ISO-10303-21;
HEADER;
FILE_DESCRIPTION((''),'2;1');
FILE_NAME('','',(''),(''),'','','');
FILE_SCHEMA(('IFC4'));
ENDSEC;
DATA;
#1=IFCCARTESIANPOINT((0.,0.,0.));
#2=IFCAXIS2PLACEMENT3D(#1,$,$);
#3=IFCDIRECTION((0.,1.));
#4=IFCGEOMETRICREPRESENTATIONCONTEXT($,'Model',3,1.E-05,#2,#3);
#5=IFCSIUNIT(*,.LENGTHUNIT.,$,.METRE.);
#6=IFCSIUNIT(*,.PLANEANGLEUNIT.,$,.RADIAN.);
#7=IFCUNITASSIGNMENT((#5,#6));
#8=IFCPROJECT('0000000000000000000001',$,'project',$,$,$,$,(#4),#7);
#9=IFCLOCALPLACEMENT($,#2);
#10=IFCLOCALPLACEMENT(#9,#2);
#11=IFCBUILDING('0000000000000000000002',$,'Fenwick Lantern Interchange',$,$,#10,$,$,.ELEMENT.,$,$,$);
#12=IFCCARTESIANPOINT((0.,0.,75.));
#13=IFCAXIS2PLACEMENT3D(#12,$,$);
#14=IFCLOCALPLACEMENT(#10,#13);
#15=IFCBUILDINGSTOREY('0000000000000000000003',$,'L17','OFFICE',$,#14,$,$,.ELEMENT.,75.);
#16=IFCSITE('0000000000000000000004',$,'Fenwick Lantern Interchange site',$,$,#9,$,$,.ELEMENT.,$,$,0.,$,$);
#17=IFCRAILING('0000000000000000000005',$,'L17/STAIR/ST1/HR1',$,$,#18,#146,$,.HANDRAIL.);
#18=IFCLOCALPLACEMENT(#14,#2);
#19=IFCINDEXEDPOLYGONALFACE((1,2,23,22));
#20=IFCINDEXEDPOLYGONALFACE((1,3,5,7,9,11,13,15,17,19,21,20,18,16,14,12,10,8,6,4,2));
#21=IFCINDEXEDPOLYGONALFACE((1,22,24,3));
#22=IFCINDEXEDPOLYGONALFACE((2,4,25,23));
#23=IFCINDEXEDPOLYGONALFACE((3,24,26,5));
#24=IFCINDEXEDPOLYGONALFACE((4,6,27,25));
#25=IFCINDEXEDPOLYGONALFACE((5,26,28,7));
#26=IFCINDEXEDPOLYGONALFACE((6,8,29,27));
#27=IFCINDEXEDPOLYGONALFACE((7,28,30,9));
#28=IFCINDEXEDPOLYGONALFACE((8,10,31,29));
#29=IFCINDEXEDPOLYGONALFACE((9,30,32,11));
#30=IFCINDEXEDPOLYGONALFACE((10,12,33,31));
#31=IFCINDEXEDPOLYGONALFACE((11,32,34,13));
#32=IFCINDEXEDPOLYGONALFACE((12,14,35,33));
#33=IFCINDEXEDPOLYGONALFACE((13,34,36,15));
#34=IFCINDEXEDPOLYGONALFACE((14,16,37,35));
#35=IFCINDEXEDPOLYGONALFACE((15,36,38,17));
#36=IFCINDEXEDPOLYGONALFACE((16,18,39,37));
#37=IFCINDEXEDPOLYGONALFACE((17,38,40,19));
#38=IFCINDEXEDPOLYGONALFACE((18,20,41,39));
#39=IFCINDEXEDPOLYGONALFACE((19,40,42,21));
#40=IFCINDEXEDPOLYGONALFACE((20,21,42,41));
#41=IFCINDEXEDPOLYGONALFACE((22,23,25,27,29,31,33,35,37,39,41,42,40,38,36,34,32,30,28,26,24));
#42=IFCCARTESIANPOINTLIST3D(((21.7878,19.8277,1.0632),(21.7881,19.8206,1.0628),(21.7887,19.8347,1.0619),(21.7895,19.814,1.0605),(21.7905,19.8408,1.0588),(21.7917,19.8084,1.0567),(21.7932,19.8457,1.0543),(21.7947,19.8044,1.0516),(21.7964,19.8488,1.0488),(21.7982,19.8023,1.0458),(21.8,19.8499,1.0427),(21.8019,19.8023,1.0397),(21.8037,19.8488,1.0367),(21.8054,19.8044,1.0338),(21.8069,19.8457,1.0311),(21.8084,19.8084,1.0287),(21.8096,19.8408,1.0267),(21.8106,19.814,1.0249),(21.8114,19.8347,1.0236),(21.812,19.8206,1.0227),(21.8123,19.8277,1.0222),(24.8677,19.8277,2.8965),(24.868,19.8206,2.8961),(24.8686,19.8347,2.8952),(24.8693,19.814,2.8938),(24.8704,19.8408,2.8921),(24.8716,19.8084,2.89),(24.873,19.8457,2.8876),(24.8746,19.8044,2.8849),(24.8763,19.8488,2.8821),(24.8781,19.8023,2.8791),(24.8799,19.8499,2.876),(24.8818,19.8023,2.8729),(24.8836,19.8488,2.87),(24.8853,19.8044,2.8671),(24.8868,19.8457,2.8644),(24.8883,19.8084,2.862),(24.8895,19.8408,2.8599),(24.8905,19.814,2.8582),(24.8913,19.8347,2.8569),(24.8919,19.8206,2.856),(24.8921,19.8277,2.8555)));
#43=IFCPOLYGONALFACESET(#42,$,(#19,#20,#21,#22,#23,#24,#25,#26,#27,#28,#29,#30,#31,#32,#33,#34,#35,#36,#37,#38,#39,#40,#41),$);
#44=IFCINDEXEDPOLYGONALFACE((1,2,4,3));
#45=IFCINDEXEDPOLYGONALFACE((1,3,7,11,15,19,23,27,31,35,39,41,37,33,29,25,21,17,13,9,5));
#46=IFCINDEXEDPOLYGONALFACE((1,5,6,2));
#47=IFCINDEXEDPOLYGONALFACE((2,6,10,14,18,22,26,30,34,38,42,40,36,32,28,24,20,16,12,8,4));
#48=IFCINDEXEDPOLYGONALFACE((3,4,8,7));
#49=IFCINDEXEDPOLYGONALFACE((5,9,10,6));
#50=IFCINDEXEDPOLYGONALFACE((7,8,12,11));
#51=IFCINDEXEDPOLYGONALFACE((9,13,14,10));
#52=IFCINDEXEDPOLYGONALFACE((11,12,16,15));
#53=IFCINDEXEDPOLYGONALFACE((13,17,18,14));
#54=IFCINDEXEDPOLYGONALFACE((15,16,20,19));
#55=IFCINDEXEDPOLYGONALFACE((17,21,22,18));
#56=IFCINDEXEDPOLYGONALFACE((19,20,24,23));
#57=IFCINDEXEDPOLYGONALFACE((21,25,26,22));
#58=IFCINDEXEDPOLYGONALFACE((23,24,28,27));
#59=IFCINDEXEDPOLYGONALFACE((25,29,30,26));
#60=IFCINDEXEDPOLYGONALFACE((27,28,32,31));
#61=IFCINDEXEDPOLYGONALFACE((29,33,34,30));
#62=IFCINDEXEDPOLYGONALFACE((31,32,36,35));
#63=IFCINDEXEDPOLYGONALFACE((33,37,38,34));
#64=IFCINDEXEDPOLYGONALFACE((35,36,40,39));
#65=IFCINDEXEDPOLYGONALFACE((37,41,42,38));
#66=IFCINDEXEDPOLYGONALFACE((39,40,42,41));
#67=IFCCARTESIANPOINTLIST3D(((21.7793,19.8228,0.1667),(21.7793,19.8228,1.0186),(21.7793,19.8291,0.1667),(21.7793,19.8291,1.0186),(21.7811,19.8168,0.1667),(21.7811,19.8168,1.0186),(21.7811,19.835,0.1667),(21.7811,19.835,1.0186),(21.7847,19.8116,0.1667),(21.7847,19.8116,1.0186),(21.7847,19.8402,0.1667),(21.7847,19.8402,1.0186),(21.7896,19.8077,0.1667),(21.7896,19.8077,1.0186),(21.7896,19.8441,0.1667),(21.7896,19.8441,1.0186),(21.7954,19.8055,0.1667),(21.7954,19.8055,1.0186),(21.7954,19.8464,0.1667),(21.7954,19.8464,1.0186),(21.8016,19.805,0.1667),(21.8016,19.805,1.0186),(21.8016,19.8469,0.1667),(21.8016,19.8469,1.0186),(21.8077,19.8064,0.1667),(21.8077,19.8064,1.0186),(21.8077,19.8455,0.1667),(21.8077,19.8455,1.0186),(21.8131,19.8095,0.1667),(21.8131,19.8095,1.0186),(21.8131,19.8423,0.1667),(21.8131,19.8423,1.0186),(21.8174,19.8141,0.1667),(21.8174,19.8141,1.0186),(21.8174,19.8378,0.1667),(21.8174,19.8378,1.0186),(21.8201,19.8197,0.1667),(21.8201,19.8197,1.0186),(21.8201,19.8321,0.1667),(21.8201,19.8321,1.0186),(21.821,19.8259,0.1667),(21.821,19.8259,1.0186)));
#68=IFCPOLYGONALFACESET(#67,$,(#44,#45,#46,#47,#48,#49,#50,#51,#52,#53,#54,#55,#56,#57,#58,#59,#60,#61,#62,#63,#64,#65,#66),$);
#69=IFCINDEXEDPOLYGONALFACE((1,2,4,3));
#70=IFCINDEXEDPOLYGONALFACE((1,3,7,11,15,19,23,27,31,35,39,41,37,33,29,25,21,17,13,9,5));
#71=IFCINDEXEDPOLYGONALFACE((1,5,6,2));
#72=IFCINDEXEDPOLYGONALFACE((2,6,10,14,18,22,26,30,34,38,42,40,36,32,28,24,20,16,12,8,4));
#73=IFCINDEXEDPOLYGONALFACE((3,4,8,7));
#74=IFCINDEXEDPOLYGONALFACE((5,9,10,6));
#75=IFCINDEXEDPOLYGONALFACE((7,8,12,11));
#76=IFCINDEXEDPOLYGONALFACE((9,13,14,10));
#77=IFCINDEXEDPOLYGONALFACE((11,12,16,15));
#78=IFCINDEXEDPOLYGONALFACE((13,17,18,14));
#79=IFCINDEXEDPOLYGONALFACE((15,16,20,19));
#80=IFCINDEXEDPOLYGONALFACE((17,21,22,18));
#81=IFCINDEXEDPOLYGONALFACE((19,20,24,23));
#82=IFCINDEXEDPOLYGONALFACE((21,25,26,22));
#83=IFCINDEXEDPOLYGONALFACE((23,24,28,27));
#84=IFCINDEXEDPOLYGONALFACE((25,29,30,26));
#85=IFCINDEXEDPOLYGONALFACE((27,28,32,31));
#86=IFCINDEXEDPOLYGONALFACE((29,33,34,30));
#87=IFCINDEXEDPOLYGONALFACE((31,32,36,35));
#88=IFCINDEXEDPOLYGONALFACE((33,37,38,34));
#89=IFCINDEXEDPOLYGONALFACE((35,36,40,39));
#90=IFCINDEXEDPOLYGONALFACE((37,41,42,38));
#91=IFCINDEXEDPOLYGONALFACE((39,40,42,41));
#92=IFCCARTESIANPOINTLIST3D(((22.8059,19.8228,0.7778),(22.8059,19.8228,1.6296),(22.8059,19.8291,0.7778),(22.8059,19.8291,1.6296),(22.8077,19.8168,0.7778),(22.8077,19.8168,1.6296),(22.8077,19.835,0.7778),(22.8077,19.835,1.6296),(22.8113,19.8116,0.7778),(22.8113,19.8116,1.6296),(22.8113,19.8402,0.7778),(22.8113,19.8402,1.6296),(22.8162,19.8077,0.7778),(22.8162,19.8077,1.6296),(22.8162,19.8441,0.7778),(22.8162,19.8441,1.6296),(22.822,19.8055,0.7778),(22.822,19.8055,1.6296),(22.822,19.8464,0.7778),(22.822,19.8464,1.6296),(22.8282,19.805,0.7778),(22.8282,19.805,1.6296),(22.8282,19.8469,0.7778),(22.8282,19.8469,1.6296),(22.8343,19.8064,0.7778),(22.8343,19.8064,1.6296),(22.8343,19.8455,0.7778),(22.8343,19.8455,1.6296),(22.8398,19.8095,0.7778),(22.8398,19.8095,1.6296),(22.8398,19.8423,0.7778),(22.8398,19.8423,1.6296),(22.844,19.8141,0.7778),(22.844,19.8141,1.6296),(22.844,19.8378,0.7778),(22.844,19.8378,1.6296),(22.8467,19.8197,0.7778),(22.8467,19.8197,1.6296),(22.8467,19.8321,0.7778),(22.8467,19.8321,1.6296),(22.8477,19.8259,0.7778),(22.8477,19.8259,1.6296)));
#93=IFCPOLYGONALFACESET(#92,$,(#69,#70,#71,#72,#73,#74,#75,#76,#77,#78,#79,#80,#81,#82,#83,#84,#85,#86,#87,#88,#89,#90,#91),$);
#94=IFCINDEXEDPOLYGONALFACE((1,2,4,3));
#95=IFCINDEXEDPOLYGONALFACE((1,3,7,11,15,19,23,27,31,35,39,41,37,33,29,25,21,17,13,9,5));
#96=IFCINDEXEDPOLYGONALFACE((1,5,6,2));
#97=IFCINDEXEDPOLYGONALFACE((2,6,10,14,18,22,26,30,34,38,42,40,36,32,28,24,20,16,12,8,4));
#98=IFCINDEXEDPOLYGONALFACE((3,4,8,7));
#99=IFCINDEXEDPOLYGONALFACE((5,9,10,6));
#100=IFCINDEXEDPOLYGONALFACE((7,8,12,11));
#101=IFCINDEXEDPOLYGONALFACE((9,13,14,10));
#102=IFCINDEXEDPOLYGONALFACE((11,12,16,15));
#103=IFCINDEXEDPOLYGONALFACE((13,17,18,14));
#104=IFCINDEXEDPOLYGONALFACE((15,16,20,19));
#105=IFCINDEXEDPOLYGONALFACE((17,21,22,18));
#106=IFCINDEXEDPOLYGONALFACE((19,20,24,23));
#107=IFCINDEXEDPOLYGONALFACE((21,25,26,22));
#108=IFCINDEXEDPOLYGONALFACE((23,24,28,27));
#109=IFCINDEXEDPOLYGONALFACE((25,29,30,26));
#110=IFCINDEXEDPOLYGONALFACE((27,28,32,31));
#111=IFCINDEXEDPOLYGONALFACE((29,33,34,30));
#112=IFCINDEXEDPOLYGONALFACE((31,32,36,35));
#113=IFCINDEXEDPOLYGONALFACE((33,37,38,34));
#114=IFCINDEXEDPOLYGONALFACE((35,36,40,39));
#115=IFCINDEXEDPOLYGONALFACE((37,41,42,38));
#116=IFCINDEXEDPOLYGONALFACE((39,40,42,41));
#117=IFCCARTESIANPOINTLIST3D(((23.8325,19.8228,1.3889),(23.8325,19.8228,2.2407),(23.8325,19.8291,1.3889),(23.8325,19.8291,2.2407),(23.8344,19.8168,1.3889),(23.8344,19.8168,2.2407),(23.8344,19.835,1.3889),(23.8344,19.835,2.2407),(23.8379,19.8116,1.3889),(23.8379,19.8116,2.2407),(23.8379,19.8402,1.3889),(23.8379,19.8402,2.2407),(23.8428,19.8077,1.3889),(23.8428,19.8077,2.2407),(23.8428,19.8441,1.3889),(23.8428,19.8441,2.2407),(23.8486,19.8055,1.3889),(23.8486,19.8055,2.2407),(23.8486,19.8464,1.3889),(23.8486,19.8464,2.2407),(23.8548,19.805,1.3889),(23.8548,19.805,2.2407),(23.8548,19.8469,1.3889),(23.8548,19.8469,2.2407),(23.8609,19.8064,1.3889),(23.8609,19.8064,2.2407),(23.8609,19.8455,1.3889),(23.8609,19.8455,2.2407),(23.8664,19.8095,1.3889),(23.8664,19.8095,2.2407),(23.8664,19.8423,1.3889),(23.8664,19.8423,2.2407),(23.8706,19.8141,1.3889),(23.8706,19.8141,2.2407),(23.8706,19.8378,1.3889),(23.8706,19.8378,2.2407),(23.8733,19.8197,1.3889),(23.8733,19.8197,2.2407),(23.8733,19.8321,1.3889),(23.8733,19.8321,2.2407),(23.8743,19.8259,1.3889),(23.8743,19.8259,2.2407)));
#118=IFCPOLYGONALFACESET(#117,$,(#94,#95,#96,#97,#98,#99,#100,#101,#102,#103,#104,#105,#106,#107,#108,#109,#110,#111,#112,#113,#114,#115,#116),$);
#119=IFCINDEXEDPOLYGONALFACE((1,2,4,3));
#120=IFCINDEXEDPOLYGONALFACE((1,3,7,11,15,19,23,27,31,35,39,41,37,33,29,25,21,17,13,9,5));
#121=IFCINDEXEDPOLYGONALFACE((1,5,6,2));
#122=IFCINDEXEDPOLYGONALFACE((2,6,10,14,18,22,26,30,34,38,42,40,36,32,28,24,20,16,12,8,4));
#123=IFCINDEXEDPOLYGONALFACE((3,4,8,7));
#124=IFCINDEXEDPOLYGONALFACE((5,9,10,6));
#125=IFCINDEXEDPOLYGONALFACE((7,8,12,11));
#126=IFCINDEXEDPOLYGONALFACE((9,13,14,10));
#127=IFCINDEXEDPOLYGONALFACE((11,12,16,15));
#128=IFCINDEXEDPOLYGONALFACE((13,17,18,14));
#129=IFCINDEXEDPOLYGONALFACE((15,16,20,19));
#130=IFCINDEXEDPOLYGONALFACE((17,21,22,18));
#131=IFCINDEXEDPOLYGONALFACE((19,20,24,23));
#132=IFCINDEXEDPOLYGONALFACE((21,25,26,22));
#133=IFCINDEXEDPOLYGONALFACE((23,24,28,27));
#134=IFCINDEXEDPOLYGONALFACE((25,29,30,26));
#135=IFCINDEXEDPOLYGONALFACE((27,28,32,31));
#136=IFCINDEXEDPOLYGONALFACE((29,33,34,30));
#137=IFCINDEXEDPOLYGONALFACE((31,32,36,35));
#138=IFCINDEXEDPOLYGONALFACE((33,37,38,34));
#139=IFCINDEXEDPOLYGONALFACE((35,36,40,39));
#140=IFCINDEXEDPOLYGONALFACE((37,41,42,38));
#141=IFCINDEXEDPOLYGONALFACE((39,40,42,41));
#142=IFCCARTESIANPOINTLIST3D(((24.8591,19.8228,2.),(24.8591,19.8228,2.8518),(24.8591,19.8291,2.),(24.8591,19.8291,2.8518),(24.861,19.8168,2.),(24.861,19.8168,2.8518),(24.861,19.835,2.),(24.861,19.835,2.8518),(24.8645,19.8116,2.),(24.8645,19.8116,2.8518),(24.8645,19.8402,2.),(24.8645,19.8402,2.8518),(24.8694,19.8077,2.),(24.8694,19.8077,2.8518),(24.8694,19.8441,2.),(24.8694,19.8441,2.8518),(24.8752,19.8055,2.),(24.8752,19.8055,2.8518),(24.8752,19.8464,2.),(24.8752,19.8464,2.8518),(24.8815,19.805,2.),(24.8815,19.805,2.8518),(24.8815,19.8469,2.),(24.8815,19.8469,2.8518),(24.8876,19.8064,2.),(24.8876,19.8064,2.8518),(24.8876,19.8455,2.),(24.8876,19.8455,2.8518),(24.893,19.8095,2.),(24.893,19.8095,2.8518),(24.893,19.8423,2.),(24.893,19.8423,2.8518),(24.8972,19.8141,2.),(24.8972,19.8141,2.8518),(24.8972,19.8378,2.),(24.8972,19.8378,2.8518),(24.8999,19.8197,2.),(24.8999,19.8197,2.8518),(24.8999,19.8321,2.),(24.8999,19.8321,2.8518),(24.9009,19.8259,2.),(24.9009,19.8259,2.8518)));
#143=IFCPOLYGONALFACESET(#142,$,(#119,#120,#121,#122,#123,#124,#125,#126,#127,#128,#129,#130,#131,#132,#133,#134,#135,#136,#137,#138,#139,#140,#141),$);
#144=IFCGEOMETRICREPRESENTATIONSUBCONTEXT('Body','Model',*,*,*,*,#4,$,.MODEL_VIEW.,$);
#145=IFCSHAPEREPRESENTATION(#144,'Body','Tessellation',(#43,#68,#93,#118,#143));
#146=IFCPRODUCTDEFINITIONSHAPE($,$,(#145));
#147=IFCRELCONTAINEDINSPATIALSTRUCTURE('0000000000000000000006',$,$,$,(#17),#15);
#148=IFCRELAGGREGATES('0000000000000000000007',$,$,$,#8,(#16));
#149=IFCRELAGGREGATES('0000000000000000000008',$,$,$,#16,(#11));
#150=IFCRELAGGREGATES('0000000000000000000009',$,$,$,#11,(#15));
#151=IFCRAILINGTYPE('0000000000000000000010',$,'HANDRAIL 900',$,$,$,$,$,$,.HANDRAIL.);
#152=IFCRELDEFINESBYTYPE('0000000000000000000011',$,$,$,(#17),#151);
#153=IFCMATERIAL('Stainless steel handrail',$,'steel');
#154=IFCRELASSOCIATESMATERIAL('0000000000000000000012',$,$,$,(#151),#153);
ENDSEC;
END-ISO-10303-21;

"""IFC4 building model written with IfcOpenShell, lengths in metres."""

from ifc_helpers import new_model, si_unit, direction, frame, origin, origin_2d, place, context, subcontext, project, spatial, circle, extrude, material, type_object, element, save


model = new_model("IFC4")

# Units and contexts
model_context = context("Model", 3, precision=1e-05, world=origin(), true_north=direction((0.0, 1.0)))
body_context = subcontext(model_context, "Body", "Model", "MODEL_VIEW")
ifc_project = project(units=[si_unit("LENGTHUNIT", "METRE"), si_unit("PLANEANGLEUNIT", "RADIAN")], contexts=[model_context])

# Site, building, storey
site_placement = place(None, origin())
site = spatial("IfcSite", under=ifc_project, at=site_placement, Name="Fenwick Lantern Interchange site", CompositionType="ELEMENT", RefElevation=0.0)
building_placement = place(site_placement, origin())
building = spatial("IfcBuilding", under=site, at=building_placement, Name="Fenwick Lantern Interchange", CompositionType="ELEMENT")
storey_placement = place(building_placement, frame((0.0, 0.0, 75.0)))
storey = spatial("IfcBuildingStorey", under=building, at=storey_placement, Name="L17", Description="OFFICE", CompositionType="ELEMENT", Elevation=75.0)

# Railing
ifc_material_1 = material(Name="Stainless steel handrail", Category="steel")
railing_type = type_object("IfcRailingType", Name="HANDRAIL 900", PredefinedType="HANDRAIL", material=ifc_material_1)
railing_1_placement = place(storey_placement, frame((21.8, 19.8259, 0.1667)))
element("IfcRailing", 1, at=railing_1_placement, inside=storey, type_object=railing_type, Name="L17/STAIR/ST1/HR1", PredefinedType="HANDRAIL", context=body_context, shape_type="SweptSolid", body=[
    extrude(circle(Radius=0.0239, at=origin_2d()), frame((0.0, 0.0, 0.876), z_axis=(0.859291, 0.0, 0.511487), x_axis=(0.0, 1.0, 0.0)), (0.0, 0.0, 1.0), 3.5842),
    extrude(circle(Radius=0.021, at=origin_2d()), origin(), (0.0, 0.0, 1.0), 0.8518),
    extrude(circle(Radius=0.021, at=origin_2d()), frame((1.0266, 0.0, 0.6111)), (0.0, 0.0, 1.0), 0.8518),
    extrude(circle(Radius=0.021, at=origin_2d()), frame((2.0532, 0.0, 1.2222)), (0.0, 0.0, 1.0), 0.8518),
    extrude(circle(Radius=0.021, at=origin_2d()), frame((3.0798, 0.0, 1.8333)), (0.0, 0.0, 1.0), 0.8518),
])

save(model, "model.ifc")
